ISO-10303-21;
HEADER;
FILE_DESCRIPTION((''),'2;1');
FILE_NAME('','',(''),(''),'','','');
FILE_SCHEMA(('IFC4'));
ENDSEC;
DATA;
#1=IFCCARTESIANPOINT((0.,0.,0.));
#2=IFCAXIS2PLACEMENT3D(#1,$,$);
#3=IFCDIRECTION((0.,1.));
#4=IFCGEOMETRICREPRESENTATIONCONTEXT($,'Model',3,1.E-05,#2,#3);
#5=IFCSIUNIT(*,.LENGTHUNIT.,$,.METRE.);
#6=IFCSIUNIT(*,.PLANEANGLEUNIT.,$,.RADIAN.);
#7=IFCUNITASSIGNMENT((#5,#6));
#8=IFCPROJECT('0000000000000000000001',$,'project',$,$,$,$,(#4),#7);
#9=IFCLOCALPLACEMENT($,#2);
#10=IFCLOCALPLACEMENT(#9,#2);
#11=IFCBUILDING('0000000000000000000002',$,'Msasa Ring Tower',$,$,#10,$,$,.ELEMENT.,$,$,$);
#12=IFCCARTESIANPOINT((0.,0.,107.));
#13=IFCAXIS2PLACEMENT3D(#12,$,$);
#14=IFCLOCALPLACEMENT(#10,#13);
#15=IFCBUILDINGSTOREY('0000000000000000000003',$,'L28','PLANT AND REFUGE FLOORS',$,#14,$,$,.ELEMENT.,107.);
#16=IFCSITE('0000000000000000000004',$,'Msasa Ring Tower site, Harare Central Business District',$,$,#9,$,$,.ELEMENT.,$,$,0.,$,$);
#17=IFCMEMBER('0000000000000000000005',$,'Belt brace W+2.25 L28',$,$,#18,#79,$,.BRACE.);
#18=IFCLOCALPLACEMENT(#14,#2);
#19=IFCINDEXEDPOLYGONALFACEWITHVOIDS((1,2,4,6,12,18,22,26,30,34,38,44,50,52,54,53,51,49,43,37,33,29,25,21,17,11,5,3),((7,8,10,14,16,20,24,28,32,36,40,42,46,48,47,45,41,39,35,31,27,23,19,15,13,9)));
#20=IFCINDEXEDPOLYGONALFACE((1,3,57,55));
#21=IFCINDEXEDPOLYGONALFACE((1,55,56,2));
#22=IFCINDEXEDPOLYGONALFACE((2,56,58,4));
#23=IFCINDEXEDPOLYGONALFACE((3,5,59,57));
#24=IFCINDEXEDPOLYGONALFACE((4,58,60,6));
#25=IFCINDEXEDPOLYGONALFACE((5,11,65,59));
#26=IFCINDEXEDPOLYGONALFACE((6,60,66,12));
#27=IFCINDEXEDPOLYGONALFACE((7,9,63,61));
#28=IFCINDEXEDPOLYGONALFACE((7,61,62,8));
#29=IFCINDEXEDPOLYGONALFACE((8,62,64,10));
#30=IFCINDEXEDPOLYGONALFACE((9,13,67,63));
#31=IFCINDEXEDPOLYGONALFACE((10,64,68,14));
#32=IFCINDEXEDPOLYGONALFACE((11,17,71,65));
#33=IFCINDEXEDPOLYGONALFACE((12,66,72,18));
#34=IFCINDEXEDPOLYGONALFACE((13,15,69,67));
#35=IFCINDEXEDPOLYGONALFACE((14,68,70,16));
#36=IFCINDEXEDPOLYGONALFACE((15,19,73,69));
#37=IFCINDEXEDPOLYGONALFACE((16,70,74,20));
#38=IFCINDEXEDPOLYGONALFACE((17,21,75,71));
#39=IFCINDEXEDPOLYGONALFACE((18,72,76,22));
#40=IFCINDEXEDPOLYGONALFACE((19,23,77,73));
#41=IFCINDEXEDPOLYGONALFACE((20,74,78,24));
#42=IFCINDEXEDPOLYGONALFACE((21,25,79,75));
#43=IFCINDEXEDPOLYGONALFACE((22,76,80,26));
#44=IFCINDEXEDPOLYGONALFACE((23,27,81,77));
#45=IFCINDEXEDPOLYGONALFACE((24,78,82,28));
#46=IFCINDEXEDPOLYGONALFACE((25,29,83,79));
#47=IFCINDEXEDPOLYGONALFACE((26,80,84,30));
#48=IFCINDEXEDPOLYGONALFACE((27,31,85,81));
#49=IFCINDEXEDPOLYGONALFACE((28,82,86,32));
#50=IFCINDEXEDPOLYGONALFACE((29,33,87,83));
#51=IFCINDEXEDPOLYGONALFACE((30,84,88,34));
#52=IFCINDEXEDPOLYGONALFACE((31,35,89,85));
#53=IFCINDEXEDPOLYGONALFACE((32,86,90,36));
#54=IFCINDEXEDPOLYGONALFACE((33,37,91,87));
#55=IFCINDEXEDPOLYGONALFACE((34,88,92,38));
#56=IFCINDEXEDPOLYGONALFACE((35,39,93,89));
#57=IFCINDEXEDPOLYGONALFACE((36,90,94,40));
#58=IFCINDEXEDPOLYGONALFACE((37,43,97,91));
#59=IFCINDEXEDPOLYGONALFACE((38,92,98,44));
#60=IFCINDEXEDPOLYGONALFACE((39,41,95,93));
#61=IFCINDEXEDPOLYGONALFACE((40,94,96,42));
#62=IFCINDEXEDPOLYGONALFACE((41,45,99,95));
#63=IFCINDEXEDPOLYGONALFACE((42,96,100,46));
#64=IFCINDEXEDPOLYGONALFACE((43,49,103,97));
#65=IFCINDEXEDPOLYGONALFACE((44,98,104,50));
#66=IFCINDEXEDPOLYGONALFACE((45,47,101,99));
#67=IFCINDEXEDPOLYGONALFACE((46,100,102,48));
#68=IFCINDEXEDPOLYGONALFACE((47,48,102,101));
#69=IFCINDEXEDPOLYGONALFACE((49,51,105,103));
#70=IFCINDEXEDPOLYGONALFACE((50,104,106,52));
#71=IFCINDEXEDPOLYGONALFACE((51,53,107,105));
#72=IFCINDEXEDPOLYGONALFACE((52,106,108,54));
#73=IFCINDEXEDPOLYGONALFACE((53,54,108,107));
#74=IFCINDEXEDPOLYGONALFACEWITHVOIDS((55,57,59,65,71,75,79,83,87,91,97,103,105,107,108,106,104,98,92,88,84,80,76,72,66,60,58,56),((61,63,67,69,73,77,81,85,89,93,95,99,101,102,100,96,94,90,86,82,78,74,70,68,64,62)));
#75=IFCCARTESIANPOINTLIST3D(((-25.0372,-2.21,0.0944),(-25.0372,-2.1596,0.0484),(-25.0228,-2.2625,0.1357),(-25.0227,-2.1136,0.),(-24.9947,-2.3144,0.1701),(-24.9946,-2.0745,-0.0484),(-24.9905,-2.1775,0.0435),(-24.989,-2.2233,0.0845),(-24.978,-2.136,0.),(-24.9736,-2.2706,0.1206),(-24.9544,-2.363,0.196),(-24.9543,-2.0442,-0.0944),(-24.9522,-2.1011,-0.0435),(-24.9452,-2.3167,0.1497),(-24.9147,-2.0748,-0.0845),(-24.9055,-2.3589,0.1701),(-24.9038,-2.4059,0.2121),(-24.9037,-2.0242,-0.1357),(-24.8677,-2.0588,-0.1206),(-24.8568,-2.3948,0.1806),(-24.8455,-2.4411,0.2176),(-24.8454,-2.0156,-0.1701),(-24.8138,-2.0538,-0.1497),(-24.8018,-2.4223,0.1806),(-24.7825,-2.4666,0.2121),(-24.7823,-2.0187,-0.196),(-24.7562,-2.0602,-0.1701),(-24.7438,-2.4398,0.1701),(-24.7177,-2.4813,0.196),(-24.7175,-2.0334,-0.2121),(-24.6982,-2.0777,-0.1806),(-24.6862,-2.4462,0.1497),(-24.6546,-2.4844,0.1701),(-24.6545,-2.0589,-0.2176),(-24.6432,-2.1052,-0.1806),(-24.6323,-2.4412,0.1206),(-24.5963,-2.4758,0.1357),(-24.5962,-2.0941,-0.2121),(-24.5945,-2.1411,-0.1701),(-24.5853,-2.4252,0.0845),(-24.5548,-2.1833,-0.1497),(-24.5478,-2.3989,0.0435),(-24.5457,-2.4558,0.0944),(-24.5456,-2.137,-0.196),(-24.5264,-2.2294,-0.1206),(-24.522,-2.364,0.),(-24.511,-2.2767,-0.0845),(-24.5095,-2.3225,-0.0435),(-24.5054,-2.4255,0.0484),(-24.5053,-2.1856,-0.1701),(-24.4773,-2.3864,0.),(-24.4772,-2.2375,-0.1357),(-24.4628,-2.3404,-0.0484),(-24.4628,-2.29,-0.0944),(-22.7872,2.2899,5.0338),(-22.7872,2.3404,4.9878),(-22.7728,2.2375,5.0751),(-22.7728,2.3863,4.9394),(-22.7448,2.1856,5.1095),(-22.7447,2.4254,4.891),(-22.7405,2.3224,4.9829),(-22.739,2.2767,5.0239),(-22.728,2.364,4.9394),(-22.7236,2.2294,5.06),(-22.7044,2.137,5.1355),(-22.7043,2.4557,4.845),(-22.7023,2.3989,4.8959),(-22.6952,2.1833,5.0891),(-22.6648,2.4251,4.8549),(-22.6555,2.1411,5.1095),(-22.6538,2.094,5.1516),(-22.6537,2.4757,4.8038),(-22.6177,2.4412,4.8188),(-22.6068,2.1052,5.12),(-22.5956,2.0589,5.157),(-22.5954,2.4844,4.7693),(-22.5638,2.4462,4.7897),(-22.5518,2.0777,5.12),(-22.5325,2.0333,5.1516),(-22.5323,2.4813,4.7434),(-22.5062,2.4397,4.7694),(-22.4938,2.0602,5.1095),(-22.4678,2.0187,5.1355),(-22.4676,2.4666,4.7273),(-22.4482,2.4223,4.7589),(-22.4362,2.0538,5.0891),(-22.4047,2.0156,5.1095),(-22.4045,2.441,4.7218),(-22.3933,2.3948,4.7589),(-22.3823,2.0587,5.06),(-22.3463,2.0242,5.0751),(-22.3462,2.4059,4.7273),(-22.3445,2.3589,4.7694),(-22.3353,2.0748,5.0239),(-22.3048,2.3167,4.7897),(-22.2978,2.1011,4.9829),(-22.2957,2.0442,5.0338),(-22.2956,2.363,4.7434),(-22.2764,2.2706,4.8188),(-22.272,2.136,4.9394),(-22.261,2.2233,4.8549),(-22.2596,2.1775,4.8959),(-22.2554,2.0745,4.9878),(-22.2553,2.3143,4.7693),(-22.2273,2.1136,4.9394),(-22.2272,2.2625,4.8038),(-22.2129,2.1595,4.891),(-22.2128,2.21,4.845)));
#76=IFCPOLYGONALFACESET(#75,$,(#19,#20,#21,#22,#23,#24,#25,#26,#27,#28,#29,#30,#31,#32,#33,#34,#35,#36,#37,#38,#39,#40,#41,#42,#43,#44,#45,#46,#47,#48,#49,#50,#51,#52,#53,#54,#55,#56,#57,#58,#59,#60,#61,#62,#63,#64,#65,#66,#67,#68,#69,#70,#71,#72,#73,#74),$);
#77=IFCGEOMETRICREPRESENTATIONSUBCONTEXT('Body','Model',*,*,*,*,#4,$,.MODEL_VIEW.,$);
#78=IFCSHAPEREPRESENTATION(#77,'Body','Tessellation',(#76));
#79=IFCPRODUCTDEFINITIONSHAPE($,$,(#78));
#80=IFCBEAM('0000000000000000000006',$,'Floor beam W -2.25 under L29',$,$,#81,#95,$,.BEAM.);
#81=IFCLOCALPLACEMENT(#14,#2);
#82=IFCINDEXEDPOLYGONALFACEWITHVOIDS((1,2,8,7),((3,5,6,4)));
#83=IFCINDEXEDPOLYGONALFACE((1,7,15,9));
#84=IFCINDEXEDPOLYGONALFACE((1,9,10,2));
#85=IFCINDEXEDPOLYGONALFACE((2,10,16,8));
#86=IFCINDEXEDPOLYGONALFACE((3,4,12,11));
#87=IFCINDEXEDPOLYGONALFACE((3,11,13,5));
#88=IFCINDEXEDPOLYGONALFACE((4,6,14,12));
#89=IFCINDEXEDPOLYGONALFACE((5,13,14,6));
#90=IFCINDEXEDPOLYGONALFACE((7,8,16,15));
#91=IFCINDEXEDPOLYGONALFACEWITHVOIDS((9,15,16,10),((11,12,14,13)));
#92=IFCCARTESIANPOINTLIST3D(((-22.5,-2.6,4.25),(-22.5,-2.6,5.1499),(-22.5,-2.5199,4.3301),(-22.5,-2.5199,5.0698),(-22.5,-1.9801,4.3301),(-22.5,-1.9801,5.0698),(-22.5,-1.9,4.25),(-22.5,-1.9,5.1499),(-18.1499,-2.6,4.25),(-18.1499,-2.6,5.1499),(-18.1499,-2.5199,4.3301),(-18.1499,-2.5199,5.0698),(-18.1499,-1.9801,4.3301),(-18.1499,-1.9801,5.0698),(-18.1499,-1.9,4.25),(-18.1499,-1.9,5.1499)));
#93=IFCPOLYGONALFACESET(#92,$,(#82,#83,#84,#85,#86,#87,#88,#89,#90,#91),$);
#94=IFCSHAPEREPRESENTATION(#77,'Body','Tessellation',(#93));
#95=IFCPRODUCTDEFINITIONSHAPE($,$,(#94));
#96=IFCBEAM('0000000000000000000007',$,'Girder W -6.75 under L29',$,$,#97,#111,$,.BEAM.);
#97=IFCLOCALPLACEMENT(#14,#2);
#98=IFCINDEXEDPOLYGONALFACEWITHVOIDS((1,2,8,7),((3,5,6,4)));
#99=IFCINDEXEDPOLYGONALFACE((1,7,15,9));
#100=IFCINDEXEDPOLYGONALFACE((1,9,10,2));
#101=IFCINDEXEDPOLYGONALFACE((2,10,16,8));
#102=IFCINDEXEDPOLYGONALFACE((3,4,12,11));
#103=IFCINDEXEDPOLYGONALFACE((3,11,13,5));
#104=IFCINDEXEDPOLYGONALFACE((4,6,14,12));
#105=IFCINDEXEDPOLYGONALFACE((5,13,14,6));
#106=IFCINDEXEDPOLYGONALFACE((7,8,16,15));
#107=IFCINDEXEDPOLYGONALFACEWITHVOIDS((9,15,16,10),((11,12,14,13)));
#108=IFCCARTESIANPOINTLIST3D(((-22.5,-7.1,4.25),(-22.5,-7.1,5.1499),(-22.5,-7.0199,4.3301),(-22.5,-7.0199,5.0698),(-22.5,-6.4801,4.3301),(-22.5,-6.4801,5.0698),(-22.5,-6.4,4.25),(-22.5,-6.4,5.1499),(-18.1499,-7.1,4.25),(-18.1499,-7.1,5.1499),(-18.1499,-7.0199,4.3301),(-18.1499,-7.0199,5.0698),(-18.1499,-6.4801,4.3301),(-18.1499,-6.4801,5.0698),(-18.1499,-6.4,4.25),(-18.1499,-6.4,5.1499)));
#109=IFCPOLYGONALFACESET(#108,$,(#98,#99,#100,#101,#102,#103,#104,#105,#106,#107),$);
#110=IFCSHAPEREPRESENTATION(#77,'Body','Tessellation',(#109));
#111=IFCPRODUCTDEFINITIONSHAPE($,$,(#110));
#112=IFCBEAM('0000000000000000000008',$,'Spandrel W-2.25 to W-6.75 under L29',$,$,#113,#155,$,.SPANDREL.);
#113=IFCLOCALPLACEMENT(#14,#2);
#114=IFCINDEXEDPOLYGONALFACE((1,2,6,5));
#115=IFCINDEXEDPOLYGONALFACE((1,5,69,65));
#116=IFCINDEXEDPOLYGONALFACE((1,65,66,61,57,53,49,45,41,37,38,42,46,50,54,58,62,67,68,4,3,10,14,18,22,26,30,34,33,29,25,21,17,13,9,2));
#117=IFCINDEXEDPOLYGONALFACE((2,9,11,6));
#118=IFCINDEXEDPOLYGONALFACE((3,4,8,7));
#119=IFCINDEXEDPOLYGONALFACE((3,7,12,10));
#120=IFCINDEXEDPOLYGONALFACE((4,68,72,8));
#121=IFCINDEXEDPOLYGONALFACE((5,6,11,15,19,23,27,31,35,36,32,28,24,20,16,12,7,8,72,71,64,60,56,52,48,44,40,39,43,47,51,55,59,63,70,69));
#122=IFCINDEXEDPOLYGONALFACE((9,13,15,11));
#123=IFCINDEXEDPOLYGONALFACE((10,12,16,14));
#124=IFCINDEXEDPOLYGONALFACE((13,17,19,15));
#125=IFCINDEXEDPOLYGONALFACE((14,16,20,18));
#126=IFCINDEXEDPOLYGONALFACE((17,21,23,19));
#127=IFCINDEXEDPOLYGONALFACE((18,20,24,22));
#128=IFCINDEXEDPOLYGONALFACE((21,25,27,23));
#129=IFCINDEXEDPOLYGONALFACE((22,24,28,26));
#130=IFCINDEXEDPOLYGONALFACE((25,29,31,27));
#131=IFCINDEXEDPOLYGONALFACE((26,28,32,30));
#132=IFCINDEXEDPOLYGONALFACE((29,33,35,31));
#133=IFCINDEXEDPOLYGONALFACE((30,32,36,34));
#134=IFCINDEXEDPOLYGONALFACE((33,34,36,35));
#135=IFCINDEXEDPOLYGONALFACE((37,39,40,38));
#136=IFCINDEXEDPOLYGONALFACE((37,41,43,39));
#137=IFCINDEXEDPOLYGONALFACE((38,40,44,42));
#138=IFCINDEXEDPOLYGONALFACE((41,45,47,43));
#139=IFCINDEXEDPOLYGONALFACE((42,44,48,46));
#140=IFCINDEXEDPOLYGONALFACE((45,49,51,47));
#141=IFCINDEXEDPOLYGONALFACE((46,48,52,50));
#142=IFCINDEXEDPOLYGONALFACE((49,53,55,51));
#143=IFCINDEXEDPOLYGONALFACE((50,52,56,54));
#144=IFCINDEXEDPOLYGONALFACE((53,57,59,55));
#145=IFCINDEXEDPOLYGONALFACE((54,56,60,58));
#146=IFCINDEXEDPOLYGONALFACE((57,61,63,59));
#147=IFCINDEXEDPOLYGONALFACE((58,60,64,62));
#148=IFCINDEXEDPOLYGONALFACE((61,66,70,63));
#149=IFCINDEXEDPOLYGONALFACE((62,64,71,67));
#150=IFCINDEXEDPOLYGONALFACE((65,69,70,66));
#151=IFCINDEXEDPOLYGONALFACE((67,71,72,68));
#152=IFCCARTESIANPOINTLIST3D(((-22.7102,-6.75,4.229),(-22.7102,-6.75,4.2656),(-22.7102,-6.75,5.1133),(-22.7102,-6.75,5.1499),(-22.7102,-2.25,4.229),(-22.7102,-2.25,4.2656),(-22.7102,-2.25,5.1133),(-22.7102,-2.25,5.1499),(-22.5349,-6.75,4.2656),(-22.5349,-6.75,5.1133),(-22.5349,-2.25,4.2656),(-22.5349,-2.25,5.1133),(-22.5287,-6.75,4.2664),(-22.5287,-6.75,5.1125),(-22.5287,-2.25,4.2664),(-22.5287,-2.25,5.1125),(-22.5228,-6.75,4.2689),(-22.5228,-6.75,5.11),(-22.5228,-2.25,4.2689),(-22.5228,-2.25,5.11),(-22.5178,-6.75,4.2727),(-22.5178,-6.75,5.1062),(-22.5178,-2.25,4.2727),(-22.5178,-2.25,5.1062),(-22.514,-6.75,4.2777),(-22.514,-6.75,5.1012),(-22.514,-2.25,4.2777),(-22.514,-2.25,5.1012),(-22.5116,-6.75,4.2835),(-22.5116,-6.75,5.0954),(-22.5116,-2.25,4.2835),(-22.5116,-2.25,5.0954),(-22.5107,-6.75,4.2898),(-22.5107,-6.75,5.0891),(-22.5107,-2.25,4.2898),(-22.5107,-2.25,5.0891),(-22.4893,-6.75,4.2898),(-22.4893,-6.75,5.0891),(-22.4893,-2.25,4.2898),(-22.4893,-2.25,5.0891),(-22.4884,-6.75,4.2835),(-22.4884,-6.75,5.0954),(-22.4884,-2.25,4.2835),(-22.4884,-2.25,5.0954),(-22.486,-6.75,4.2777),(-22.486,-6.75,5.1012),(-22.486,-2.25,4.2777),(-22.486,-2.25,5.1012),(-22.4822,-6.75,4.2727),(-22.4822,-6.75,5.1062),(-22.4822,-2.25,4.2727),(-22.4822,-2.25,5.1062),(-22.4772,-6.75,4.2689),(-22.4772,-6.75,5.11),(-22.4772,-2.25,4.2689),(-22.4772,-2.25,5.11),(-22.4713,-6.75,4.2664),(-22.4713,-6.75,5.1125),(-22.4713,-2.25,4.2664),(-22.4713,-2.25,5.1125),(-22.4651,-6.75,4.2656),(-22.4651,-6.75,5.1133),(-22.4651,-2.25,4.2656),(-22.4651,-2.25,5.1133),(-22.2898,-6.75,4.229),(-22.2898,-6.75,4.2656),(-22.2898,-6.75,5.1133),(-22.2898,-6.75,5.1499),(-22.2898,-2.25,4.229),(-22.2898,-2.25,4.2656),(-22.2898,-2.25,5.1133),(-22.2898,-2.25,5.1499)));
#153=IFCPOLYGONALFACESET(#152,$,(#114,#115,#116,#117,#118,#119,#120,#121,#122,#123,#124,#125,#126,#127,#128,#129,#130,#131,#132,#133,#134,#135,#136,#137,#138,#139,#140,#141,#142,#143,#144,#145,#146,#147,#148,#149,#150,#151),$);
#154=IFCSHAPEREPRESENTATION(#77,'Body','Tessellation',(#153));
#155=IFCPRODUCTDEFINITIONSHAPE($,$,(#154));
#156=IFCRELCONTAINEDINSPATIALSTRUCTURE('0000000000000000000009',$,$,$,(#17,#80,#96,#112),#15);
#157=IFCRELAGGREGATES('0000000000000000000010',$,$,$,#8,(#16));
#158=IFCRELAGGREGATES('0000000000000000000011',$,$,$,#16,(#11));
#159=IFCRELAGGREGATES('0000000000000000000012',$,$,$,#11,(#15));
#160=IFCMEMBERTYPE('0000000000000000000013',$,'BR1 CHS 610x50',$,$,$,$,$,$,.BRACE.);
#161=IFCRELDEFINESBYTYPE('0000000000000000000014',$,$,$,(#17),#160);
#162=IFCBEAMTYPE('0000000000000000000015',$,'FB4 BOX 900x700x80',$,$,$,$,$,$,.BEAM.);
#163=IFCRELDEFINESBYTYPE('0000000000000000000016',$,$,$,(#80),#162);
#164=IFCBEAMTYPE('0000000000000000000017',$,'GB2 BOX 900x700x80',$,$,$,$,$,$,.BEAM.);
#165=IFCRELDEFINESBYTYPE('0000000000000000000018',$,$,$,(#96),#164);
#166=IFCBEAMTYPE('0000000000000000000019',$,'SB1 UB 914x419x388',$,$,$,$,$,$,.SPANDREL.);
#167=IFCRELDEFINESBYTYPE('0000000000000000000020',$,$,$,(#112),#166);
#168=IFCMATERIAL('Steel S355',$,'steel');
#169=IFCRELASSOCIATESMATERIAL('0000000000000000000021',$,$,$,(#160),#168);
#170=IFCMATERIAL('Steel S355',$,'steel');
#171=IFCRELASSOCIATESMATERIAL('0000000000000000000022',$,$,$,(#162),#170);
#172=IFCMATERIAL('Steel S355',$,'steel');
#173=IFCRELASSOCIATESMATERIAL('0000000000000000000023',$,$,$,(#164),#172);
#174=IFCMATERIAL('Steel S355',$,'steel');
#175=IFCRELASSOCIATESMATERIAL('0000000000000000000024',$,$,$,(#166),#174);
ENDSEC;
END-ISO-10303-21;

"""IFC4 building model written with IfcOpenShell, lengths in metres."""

from ifc_helpers import new_model, si_unit, direction, frame, origin, origin_2d, place, context, subcontext, project, spatial, hollow_rectangle, hollow_circle, i_section, extrude, material, material_profile, profile_set, type_object, element, save


model = new_model("IFC4")

# Units and contexts
model_context = context("Model", 3, precision=1e-05, world=origin(), true_north=direction((0.0, 1.0)))
body_context = subcontext(model_context, "Body", "Model", "MODEL_VIEW")
ifc_project = project(units=[si_unit("LENGTHUNIT", "METRE"), si_unit("PLANEANGLEUNIT", "RADIAN")], contexts=[model_context])

# Site, building, storey
site_placement = place(None, origin())
site = spatial("IfcSite", under=ifc_project, at=site_placement, Name="Msasa Ring Tower site, Harare Central Business District", CompositionType="ELEMENT", RefElevation=0.0)
building_placement = place(site_placement, origin())
building = spatial("IfcBuilding", under=site, at=building_placement, Name="Msasa Ring Tower", CompositionType="ELEMENT")
storey_placement = place(building_placement, frame((0.0, 0.0, 107.0)))
storey = spatial("IfcBuildingStorey", under=building, at=storey_placement, Name="L28", Description="PLANT AND REFUGE FLOORS", CompositionType="ELEMENT", Elevation=107.0)

# Member
ifc_material_1 = material(Name="Steel S355", Category="steel")
ifc_material_profile_1 = material_profile(ifc_material_1, hollow_circle(Radius=0.3049, WallThickness=0.05, at=origin_2d()), Name="CHS 610x50")
ifc_profile_set_1 = profile_set([ifc_material_profile_1], Name="Steel S355")
member_type = type_object("IfcMemberType", Name="BR1 CHS 610x50", PredefinedType="BRACE", material=ifc_profile_set_1)
for number, where, z_axis, x_axis, name in (
    (1, (-24.75, -2.25, 0.0), (0.319123, 0.638245, 0.700574), (-0.894427, 0.447214, 0.0), "Belt brace W+2.25 L28"),
):
    element("IfcMember", number, at=place(storey_placement, frame(where, z_axis=z_axis, x_axis=x_axis)), inside=storey, type_object=member_type, Name=name, PredefinedType="BRACE", context=body_context, shape_type="SweptSolid", body=[
        extrude(hollow_circle(Radius=0.3049, WallThickness=0.05, at=origin_2d()), origin(), (0.0, 0.0, 1.0), 7.0505),
    ])

# Beams
ifc_material_2 = material(Name="Steel S355", Category="steel")
ifc_material_profile_2 = material_profile(ifc_material_2, hollow_rectangle(XDim=0.7, YDim=0.8999, WallThickness=0.0801, at=origin_2d()), Name="BOX 900x700x80")
ifc_profile_set_2 = profile_set([ifc_material_profile_2], Name="Steel S355")
beam_type_1 = type_object("IfcBeamType", Name="FB4 BOX 900x700x80", PredefinedType="BEAM", material=ifc_profile_set_2)
beam_1_placement = place(storey_placement, frame((-22.5, -2.25, 4.7), z_axis=(1.0, 0.0, 0.0), x_axis=(0.0, 1.0, 0.0)))
element("IfcBeam", 2, at=beam_1_placement, inside=storey, type_object=beam_type_1, Name="Floor beam W -2.25 under L29", PredefinedType="BEAM", context=body_context, shape_type="SweptSolid", body=[
    extrude(hollow_rectangle(XDim=0.7, YDim=0.8999, WallThickness=0.0801, at=origin_2d()), origin(), (0.0, 0.0, 1.0), 4.3501),
])
ifc_material_3 = material(Name="Steel S355", Category="steel")
ifc_material_profile_3 = material_profile(ifc_material_3, hollow_rectangle(XDim=0.7, YDim=0.8999, WallThickness=0.0801, at=origin_2d()), Name="BOX 900x700x80")
ifc_profile_set_3 = profile_set([ifc_material_profile_3], Name="Steel S355")
beam_type_2 = type_object("IfcBeamType", Name="GB2 BOX 900x700x80", PredefinedType="BEAM", material=ifc_profile_set_3)
beam_2_placement = place(storey_placement, frame((-18.1499, -6.75, 4.7), z_axis=(-1.0, 0.0, 0.0), x_axis=(0.0, -1.0, 0.0)))
element("IfcBeam", 3, at=beam_2_placement, inside=storey, type_object=beam_type_2, Name="Girder W -6.75 under L29", PredefinedType="BEAM", context=body_context, shape_type="SweptSolid", body=[
    extrude(hollow_rectangle(XDim=0.7, YDim=0.8999, WallThickness=0.0801, at=origin_2d()), origin(), (0.0, 0.0, 1.0), 4.3501),
])
ifc_material_4 = material(Name="Steel S355", Category="steel")
ifc_material_profile_4 = material_profile(ifc_material_4, i_section(OverallWidth=0.4204, OverallDepth=0.9209, WebThickness=0.0215, FlangeThickness=0.0366, FilletRadius=0.0242, at=origin_2d()), Name="UB 914x419x388")
ifc_profile_set_4 = profile_set([ifc_material_profile_4], Name="Steel S355")
beam_type_3 = type_object("IfcBeamType", Name="SB1 UB 914x419x388", PredefinedType="SPANDREL", material=ifc_profile_set_4)
for number, where, z_axis, x_axis, name in (
    (4, (-22.5, -2.25, 4.6895), (0.0, -1.0, 0.0), (1.0, 0.0, 0.0), "Spandrel W-2.25 to W-6.75 under L29"),
):
    element("IfcBeam", number, at=place(storey_placement, frame(where, z_axis=z_axis, x_axis=x_axis)), inside=storey, type_object=beam_type_3, Name=name, PredefinedType="SPANDREL", context=body_context, shape_type="SweptSolid", body=[
        extrude(i_section(OverallWidth=0.4204, OverallDepth=0.9209, WebThickness=0.0215, FlangeThickness=0.0366, FilletRadius=0.0242, at=origin_2d()), origin(), (0.0, 0.0, 1.0), 4.5),
    ])

save(model, "model.ifc")
